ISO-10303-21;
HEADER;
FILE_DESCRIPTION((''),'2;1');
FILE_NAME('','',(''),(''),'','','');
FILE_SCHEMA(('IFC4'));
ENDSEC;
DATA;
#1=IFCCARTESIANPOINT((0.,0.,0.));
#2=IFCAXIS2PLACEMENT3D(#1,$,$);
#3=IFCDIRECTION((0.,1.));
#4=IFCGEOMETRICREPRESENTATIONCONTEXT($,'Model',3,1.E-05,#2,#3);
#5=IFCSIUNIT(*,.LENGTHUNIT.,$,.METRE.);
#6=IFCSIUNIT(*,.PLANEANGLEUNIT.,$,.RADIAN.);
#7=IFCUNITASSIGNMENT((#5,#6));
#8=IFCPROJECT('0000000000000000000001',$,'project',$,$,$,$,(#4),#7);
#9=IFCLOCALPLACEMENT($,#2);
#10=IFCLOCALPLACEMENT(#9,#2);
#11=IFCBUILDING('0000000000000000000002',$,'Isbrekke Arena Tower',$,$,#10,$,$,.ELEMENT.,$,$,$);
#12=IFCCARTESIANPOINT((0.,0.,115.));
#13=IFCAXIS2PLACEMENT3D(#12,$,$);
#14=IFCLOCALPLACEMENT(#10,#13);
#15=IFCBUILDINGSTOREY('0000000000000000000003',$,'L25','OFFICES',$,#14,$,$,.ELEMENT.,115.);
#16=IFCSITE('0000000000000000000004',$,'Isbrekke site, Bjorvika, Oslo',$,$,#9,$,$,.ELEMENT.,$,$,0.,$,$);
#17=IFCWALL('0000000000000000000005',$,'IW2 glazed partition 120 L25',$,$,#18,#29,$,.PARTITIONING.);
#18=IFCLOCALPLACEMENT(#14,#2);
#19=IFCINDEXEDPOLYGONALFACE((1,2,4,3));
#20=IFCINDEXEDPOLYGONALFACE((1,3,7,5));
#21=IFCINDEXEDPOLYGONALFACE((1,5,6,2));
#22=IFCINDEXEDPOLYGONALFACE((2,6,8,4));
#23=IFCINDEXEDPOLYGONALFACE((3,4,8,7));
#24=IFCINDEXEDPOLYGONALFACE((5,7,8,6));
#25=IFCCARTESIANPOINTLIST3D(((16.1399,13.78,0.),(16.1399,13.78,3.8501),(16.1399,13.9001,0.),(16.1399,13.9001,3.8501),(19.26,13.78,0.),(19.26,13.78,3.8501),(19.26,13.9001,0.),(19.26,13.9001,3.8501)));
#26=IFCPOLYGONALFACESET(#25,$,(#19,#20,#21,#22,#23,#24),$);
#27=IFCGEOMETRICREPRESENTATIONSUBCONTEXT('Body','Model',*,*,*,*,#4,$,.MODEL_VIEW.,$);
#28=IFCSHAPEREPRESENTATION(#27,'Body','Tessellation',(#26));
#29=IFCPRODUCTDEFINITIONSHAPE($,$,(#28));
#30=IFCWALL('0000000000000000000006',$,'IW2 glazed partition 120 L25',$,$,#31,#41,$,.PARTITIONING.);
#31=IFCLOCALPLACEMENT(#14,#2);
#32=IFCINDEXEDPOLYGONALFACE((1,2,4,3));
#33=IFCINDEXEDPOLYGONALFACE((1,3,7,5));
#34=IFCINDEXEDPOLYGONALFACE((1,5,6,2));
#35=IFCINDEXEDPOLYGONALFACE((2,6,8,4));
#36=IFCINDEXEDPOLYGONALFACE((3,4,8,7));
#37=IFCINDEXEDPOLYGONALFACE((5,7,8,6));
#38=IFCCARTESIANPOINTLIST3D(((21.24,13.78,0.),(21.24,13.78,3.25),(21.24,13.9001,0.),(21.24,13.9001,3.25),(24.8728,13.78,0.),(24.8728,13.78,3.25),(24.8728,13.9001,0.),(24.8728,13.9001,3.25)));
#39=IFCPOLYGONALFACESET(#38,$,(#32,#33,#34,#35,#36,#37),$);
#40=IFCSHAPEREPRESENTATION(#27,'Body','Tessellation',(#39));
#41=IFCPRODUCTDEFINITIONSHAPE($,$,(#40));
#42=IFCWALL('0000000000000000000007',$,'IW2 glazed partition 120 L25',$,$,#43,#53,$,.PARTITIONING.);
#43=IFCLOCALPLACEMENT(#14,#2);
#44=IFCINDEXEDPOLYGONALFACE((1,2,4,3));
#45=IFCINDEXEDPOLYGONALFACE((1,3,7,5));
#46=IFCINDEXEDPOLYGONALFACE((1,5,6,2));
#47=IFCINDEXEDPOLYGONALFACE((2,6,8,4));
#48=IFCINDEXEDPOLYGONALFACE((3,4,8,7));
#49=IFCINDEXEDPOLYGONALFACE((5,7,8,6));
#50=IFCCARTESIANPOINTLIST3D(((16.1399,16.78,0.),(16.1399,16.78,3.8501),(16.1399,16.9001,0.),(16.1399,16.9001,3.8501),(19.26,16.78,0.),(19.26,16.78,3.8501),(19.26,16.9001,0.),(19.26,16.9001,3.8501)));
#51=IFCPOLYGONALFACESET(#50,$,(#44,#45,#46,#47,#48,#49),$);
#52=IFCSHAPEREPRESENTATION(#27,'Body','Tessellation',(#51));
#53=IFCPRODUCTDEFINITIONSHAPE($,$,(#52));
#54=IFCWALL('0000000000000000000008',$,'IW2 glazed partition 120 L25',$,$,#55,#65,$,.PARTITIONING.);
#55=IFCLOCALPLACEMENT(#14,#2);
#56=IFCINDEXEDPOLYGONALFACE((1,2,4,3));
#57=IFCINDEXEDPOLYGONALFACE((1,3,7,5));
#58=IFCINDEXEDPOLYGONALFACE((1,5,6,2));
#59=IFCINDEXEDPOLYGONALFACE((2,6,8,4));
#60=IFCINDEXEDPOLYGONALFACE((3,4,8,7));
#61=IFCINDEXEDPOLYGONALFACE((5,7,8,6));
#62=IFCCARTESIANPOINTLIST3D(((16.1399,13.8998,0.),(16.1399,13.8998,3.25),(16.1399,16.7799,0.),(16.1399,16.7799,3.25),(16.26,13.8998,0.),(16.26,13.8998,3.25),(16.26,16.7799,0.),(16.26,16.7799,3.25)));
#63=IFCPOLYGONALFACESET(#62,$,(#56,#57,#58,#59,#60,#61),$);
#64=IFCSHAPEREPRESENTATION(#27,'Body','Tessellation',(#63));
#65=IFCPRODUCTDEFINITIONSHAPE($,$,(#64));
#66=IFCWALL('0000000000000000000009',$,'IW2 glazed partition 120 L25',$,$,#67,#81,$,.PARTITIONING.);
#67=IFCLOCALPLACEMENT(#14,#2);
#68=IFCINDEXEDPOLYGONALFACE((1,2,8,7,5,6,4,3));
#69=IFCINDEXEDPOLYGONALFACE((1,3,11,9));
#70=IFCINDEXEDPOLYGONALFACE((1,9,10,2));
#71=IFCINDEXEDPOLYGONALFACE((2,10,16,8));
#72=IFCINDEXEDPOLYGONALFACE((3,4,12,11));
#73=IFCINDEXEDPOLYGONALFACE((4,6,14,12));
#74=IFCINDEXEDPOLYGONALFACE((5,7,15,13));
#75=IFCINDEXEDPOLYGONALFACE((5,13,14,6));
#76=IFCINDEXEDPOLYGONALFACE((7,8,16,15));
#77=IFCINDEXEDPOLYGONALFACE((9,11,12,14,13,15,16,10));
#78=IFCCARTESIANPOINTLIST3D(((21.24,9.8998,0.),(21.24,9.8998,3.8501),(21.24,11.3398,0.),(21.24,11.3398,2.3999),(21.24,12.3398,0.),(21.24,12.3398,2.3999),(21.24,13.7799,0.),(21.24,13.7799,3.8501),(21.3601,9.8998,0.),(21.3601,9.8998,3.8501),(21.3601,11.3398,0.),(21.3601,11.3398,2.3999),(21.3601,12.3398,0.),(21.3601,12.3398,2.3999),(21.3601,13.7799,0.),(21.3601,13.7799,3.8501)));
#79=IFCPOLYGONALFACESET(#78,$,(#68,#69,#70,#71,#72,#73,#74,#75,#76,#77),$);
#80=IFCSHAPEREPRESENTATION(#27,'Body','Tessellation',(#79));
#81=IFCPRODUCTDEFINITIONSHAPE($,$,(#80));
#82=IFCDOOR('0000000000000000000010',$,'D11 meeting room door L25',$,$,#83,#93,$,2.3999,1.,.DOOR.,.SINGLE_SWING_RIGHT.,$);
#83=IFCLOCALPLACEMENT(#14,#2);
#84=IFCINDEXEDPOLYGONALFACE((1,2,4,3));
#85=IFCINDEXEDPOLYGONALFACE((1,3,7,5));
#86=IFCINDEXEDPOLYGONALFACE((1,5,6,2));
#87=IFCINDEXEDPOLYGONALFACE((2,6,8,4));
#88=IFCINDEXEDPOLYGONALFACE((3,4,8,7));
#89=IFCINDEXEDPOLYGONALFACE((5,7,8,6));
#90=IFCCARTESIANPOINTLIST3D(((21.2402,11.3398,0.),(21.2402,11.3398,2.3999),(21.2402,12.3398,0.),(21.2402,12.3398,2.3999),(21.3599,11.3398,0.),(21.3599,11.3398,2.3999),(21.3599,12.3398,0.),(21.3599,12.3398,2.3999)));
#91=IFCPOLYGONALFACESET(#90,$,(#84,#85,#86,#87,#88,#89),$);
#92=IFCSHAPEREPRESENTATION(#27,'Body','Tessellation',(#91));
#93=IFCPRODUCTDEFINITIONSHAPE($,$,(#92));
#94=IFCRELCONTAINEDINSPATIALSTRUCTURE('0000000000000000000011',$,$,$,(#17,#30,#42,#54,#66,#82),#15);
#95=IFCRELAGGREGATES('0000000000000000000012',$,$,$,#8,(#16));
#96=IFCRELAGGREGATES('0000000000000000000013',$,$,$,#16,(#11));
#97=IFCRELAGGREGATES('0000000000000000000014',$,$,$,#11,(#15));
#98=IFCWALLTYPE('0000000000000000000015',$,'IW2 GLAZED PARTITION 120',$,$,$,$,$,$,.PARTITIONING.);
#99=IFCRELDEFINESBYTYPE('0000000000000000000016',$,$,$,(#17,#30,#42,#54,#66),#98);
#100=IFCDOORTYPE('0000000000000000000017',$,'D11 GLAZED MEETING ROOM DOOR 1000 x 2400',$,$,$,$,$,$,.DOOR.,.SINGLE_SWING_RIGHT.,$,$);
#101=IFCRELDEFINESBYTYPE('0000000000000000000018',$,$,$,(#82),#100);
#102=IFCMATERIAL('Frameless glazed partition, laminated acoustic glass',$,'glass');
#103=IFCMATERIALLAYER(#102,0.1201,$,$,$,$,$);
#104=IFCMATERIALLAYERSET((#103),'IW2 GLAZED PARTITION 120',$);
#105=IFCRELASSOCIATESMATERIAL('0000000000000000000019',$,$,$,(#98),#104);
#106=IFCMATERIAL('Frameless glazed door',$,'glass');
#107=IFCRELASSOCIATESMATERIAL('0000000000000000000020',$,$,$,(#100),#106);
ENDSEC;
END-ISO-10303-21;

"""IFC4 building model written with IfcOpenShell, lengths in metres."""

from ifc_helpers import new_model, si_unit, direction, frame, frame_2d, origin, place, context, subcontext, project, spatial, rectangle, extrude, material, layer, layer_set, type_object, element, fill, save


model = new_model("IFC4")

# Units and contexts
model_context = context("Model", 3, precision=1e-05, world=origin(), true_north=direction((0.0, 1.0)))
body_context = subcontext(model_context, "Body", "Model", "MODEL_VIEW")
ifc_project = project(units=[si_unit("LENGTHUNIT", "METRE"), si_unit("PLANEANGLEUNIT", "RADIAN")], contexts=[model_context])

# Site, building, storey
site_placement = place(None, origin())
site = spatial("IfcSite", under=ifc_project, at=site_placement, Name="Isbrekke site, Bjorvika, Oslo", CompositionType="ELEMENT", RefElevation=0.0)
building_placement = place(site_placement, origin())
building = spatial("IfcBuilding", under=site, at=building_placement, Name="Isbrekke Arena Tower", CompositionType="ELEMENT")
storey_placement = place(building_placement, frame((0.0, 0.0, 115.0)))
storey = spatial("IfcBuildingStorey", under=building, at=storey_placement, Name="L25", Description="OFFICES", CompositionType="ELEMENT", Elevation=115.0)

# Walls
ifc_material_1 = material(Name="Frameless glazed partition, laminated acoustic glass", Category="glass")
ifc_layer_1 = layer(ifc_material_1, 0.1201)
ifc_layer_set_1 = layer_set([ifc_layer_1], Name="IW2 GLAZED PARTITION 120")
wall_type_1 = type_object("IfcWallType", Name="IW2 GLAZED PARTITION 120", PredefinedType="PARTITIONING", material=ifc_layer_set_1)
wall_1_placement = place(storey_placement, frame((16.1399, 13.8401, 0.0), z_axis=(0.0, 0.0, 1.0), x_axis=(1.0, 0.0, 0.0)))
element("IfcWall", 1, at=wall_1_placement, inside=storey, type_object=wall_type_1, Name="IW2 glazed partition 120 L25", PredefinedType="PARTITIONING", context=body_context, shape_type="SweptSolid", body=[
    extrude(rectangle(XDim=3.1201, YDim=0.1201, at=frame_2d((1.5601, 0.0))), origin(), (0.0, 0.0, 1.0), 3.8501),
])
wall_2_placement = place(storey_placement, frame((21.24, 13.8401, 0.0), z_axis=(0.0, 0.0, 1.0), x_axis=(1.0, 0.0, 0.0)))
element("IfcWall", 2, at=wall_2_placement, inside=storey, type_object=wall_type_1, Name="IW2 glazed partition 120 L25", PredefinedType="PARTITIONING", context=body_context, shape_type="SweptSolid", body=[
    extrude(rectangle(XDim=3.6328, YDim=0.1201, at=frame_2d((1.8164, 0.0))), origin(), (0.0, 0.0, 1.0), 3.25),
])
wall_3_placement = place(storey_placement, frame((16.1399, 16.8401, 0.0), z_axis=(0.0, 0.0, 1.0), x_axis=(1.0, 0.0, 0.0)))
element("IfcWall", 3, at=wall_3_placement, inside=storey, type_object=wall_type_1, Name="IW2 glazed partition 120 L25", PredefinedType="PARTITIONING", context=body_context, shape_type="SweptSolid", body=[
    extrude(rectangle(XDim=3.1201, YDim=0.1201, at=frame_2d((1.5601, 0.0))), origin(), (0.0, 0.0, 1.0), 3.8501),
])
wall_4_placement = place(storey_placement, frame((16.2, 13.8999, 0.0), z_axis=(0.0, 0.0, 1.0), x_axis=(0.0, 1.0, 0.0)))
element("IfcWall", 4, at=wall_4_placement, inside=storey, type_object=wall_type_1, Name="IW2 glazed partition 120 L25", PredefinedType="PARTITIONING", context=body_context, shape_type="SweptSolid", body=[
    extrude(rectangle(XDim=2.8801, YDim=0.1201, at=frame_2d((1.4399, 0.0))), origin(), (0.0, 0.0, 1.0), 3.25),
])

# Wall, opening, door
ifc_material_2 = material(Name="Frameless glazed door", Category="glass")
door_type = type_object("IfcDoorType", Name="D11 GLAZED MEETING ROOM DOOR 1000 x 2400", OperationType="SINGLE_SWING_RIGHT", PredefinedType="DOOR", material=ifc_material_2)
wall_5_placement = place(storey_placement, frame((21.3, 9.8999, 0.0), z_axis=(0.0, 0.0, 1.0), x_axis=(0.0, 1.0, 0.0)))
wall_5 = element("IfcWall", 5, at=wall_5_placement, inside=storey, type_object=wall_type_1, Name="IW2 glazed partition 120 L25", PredefinedType="PARTITIONING", context=body_context, shape_type="SweptSolid", body=[
    extrude(rectangle(XDim=3.8801, YDim=0.1201, at=frame_2d((1.9399, 0.0))), origin(), (0.0, 0.0, 1.0), 3.8501),
])
opening_1_placement = place(wall_5_placement, frame((1.4399, 0.0, 0.0)))
opening_1 = element("IfcOpeningElement", 6, at=opening_1_placement, cuts=wall_5, PredefinedType="OPENING", context=body_context, shape_type="SweptSolid", body=[
    extrude(rectangle(XDim=1.0, YDim=2.3999, at=frame_2d((0.5, 1.2))), frame((0.0, 0.075, 0.0), z_axis=(0.0, -1.0, 0.0), x_axis=(1.0, 0.0, 0.0)), (0.0, 0.0, 1.0), 0.1499),
])
door_1_placement = place(opening_1_placement, origin())
door_1 = element("IfcDoor", 7, at=door_1_placement, inside=storey, type_object=door_type, Name="D11 meeting room door L25", OperationType="SINGLE_SWING_RIGHT", OverallHeight=2.3999, OverallWidth=1.0, PredefinedType="DOOR", context=body_context, shape_type="SweptSolid", body=[
    extrude(rectangle(XDim=1.0, YDim=2.3999, at=frame_2d((0.5, 1.2))), frame((0.0, 0.0598, 0.0), z_axis=(0.0, -1.0, 0.0), x_axis=(1.0, 0.0, 0.0)), (0.0, 0.0, 1.0), 0.1196),
])
fill(opening_1, door_1)

save(model, "model.ifc")
